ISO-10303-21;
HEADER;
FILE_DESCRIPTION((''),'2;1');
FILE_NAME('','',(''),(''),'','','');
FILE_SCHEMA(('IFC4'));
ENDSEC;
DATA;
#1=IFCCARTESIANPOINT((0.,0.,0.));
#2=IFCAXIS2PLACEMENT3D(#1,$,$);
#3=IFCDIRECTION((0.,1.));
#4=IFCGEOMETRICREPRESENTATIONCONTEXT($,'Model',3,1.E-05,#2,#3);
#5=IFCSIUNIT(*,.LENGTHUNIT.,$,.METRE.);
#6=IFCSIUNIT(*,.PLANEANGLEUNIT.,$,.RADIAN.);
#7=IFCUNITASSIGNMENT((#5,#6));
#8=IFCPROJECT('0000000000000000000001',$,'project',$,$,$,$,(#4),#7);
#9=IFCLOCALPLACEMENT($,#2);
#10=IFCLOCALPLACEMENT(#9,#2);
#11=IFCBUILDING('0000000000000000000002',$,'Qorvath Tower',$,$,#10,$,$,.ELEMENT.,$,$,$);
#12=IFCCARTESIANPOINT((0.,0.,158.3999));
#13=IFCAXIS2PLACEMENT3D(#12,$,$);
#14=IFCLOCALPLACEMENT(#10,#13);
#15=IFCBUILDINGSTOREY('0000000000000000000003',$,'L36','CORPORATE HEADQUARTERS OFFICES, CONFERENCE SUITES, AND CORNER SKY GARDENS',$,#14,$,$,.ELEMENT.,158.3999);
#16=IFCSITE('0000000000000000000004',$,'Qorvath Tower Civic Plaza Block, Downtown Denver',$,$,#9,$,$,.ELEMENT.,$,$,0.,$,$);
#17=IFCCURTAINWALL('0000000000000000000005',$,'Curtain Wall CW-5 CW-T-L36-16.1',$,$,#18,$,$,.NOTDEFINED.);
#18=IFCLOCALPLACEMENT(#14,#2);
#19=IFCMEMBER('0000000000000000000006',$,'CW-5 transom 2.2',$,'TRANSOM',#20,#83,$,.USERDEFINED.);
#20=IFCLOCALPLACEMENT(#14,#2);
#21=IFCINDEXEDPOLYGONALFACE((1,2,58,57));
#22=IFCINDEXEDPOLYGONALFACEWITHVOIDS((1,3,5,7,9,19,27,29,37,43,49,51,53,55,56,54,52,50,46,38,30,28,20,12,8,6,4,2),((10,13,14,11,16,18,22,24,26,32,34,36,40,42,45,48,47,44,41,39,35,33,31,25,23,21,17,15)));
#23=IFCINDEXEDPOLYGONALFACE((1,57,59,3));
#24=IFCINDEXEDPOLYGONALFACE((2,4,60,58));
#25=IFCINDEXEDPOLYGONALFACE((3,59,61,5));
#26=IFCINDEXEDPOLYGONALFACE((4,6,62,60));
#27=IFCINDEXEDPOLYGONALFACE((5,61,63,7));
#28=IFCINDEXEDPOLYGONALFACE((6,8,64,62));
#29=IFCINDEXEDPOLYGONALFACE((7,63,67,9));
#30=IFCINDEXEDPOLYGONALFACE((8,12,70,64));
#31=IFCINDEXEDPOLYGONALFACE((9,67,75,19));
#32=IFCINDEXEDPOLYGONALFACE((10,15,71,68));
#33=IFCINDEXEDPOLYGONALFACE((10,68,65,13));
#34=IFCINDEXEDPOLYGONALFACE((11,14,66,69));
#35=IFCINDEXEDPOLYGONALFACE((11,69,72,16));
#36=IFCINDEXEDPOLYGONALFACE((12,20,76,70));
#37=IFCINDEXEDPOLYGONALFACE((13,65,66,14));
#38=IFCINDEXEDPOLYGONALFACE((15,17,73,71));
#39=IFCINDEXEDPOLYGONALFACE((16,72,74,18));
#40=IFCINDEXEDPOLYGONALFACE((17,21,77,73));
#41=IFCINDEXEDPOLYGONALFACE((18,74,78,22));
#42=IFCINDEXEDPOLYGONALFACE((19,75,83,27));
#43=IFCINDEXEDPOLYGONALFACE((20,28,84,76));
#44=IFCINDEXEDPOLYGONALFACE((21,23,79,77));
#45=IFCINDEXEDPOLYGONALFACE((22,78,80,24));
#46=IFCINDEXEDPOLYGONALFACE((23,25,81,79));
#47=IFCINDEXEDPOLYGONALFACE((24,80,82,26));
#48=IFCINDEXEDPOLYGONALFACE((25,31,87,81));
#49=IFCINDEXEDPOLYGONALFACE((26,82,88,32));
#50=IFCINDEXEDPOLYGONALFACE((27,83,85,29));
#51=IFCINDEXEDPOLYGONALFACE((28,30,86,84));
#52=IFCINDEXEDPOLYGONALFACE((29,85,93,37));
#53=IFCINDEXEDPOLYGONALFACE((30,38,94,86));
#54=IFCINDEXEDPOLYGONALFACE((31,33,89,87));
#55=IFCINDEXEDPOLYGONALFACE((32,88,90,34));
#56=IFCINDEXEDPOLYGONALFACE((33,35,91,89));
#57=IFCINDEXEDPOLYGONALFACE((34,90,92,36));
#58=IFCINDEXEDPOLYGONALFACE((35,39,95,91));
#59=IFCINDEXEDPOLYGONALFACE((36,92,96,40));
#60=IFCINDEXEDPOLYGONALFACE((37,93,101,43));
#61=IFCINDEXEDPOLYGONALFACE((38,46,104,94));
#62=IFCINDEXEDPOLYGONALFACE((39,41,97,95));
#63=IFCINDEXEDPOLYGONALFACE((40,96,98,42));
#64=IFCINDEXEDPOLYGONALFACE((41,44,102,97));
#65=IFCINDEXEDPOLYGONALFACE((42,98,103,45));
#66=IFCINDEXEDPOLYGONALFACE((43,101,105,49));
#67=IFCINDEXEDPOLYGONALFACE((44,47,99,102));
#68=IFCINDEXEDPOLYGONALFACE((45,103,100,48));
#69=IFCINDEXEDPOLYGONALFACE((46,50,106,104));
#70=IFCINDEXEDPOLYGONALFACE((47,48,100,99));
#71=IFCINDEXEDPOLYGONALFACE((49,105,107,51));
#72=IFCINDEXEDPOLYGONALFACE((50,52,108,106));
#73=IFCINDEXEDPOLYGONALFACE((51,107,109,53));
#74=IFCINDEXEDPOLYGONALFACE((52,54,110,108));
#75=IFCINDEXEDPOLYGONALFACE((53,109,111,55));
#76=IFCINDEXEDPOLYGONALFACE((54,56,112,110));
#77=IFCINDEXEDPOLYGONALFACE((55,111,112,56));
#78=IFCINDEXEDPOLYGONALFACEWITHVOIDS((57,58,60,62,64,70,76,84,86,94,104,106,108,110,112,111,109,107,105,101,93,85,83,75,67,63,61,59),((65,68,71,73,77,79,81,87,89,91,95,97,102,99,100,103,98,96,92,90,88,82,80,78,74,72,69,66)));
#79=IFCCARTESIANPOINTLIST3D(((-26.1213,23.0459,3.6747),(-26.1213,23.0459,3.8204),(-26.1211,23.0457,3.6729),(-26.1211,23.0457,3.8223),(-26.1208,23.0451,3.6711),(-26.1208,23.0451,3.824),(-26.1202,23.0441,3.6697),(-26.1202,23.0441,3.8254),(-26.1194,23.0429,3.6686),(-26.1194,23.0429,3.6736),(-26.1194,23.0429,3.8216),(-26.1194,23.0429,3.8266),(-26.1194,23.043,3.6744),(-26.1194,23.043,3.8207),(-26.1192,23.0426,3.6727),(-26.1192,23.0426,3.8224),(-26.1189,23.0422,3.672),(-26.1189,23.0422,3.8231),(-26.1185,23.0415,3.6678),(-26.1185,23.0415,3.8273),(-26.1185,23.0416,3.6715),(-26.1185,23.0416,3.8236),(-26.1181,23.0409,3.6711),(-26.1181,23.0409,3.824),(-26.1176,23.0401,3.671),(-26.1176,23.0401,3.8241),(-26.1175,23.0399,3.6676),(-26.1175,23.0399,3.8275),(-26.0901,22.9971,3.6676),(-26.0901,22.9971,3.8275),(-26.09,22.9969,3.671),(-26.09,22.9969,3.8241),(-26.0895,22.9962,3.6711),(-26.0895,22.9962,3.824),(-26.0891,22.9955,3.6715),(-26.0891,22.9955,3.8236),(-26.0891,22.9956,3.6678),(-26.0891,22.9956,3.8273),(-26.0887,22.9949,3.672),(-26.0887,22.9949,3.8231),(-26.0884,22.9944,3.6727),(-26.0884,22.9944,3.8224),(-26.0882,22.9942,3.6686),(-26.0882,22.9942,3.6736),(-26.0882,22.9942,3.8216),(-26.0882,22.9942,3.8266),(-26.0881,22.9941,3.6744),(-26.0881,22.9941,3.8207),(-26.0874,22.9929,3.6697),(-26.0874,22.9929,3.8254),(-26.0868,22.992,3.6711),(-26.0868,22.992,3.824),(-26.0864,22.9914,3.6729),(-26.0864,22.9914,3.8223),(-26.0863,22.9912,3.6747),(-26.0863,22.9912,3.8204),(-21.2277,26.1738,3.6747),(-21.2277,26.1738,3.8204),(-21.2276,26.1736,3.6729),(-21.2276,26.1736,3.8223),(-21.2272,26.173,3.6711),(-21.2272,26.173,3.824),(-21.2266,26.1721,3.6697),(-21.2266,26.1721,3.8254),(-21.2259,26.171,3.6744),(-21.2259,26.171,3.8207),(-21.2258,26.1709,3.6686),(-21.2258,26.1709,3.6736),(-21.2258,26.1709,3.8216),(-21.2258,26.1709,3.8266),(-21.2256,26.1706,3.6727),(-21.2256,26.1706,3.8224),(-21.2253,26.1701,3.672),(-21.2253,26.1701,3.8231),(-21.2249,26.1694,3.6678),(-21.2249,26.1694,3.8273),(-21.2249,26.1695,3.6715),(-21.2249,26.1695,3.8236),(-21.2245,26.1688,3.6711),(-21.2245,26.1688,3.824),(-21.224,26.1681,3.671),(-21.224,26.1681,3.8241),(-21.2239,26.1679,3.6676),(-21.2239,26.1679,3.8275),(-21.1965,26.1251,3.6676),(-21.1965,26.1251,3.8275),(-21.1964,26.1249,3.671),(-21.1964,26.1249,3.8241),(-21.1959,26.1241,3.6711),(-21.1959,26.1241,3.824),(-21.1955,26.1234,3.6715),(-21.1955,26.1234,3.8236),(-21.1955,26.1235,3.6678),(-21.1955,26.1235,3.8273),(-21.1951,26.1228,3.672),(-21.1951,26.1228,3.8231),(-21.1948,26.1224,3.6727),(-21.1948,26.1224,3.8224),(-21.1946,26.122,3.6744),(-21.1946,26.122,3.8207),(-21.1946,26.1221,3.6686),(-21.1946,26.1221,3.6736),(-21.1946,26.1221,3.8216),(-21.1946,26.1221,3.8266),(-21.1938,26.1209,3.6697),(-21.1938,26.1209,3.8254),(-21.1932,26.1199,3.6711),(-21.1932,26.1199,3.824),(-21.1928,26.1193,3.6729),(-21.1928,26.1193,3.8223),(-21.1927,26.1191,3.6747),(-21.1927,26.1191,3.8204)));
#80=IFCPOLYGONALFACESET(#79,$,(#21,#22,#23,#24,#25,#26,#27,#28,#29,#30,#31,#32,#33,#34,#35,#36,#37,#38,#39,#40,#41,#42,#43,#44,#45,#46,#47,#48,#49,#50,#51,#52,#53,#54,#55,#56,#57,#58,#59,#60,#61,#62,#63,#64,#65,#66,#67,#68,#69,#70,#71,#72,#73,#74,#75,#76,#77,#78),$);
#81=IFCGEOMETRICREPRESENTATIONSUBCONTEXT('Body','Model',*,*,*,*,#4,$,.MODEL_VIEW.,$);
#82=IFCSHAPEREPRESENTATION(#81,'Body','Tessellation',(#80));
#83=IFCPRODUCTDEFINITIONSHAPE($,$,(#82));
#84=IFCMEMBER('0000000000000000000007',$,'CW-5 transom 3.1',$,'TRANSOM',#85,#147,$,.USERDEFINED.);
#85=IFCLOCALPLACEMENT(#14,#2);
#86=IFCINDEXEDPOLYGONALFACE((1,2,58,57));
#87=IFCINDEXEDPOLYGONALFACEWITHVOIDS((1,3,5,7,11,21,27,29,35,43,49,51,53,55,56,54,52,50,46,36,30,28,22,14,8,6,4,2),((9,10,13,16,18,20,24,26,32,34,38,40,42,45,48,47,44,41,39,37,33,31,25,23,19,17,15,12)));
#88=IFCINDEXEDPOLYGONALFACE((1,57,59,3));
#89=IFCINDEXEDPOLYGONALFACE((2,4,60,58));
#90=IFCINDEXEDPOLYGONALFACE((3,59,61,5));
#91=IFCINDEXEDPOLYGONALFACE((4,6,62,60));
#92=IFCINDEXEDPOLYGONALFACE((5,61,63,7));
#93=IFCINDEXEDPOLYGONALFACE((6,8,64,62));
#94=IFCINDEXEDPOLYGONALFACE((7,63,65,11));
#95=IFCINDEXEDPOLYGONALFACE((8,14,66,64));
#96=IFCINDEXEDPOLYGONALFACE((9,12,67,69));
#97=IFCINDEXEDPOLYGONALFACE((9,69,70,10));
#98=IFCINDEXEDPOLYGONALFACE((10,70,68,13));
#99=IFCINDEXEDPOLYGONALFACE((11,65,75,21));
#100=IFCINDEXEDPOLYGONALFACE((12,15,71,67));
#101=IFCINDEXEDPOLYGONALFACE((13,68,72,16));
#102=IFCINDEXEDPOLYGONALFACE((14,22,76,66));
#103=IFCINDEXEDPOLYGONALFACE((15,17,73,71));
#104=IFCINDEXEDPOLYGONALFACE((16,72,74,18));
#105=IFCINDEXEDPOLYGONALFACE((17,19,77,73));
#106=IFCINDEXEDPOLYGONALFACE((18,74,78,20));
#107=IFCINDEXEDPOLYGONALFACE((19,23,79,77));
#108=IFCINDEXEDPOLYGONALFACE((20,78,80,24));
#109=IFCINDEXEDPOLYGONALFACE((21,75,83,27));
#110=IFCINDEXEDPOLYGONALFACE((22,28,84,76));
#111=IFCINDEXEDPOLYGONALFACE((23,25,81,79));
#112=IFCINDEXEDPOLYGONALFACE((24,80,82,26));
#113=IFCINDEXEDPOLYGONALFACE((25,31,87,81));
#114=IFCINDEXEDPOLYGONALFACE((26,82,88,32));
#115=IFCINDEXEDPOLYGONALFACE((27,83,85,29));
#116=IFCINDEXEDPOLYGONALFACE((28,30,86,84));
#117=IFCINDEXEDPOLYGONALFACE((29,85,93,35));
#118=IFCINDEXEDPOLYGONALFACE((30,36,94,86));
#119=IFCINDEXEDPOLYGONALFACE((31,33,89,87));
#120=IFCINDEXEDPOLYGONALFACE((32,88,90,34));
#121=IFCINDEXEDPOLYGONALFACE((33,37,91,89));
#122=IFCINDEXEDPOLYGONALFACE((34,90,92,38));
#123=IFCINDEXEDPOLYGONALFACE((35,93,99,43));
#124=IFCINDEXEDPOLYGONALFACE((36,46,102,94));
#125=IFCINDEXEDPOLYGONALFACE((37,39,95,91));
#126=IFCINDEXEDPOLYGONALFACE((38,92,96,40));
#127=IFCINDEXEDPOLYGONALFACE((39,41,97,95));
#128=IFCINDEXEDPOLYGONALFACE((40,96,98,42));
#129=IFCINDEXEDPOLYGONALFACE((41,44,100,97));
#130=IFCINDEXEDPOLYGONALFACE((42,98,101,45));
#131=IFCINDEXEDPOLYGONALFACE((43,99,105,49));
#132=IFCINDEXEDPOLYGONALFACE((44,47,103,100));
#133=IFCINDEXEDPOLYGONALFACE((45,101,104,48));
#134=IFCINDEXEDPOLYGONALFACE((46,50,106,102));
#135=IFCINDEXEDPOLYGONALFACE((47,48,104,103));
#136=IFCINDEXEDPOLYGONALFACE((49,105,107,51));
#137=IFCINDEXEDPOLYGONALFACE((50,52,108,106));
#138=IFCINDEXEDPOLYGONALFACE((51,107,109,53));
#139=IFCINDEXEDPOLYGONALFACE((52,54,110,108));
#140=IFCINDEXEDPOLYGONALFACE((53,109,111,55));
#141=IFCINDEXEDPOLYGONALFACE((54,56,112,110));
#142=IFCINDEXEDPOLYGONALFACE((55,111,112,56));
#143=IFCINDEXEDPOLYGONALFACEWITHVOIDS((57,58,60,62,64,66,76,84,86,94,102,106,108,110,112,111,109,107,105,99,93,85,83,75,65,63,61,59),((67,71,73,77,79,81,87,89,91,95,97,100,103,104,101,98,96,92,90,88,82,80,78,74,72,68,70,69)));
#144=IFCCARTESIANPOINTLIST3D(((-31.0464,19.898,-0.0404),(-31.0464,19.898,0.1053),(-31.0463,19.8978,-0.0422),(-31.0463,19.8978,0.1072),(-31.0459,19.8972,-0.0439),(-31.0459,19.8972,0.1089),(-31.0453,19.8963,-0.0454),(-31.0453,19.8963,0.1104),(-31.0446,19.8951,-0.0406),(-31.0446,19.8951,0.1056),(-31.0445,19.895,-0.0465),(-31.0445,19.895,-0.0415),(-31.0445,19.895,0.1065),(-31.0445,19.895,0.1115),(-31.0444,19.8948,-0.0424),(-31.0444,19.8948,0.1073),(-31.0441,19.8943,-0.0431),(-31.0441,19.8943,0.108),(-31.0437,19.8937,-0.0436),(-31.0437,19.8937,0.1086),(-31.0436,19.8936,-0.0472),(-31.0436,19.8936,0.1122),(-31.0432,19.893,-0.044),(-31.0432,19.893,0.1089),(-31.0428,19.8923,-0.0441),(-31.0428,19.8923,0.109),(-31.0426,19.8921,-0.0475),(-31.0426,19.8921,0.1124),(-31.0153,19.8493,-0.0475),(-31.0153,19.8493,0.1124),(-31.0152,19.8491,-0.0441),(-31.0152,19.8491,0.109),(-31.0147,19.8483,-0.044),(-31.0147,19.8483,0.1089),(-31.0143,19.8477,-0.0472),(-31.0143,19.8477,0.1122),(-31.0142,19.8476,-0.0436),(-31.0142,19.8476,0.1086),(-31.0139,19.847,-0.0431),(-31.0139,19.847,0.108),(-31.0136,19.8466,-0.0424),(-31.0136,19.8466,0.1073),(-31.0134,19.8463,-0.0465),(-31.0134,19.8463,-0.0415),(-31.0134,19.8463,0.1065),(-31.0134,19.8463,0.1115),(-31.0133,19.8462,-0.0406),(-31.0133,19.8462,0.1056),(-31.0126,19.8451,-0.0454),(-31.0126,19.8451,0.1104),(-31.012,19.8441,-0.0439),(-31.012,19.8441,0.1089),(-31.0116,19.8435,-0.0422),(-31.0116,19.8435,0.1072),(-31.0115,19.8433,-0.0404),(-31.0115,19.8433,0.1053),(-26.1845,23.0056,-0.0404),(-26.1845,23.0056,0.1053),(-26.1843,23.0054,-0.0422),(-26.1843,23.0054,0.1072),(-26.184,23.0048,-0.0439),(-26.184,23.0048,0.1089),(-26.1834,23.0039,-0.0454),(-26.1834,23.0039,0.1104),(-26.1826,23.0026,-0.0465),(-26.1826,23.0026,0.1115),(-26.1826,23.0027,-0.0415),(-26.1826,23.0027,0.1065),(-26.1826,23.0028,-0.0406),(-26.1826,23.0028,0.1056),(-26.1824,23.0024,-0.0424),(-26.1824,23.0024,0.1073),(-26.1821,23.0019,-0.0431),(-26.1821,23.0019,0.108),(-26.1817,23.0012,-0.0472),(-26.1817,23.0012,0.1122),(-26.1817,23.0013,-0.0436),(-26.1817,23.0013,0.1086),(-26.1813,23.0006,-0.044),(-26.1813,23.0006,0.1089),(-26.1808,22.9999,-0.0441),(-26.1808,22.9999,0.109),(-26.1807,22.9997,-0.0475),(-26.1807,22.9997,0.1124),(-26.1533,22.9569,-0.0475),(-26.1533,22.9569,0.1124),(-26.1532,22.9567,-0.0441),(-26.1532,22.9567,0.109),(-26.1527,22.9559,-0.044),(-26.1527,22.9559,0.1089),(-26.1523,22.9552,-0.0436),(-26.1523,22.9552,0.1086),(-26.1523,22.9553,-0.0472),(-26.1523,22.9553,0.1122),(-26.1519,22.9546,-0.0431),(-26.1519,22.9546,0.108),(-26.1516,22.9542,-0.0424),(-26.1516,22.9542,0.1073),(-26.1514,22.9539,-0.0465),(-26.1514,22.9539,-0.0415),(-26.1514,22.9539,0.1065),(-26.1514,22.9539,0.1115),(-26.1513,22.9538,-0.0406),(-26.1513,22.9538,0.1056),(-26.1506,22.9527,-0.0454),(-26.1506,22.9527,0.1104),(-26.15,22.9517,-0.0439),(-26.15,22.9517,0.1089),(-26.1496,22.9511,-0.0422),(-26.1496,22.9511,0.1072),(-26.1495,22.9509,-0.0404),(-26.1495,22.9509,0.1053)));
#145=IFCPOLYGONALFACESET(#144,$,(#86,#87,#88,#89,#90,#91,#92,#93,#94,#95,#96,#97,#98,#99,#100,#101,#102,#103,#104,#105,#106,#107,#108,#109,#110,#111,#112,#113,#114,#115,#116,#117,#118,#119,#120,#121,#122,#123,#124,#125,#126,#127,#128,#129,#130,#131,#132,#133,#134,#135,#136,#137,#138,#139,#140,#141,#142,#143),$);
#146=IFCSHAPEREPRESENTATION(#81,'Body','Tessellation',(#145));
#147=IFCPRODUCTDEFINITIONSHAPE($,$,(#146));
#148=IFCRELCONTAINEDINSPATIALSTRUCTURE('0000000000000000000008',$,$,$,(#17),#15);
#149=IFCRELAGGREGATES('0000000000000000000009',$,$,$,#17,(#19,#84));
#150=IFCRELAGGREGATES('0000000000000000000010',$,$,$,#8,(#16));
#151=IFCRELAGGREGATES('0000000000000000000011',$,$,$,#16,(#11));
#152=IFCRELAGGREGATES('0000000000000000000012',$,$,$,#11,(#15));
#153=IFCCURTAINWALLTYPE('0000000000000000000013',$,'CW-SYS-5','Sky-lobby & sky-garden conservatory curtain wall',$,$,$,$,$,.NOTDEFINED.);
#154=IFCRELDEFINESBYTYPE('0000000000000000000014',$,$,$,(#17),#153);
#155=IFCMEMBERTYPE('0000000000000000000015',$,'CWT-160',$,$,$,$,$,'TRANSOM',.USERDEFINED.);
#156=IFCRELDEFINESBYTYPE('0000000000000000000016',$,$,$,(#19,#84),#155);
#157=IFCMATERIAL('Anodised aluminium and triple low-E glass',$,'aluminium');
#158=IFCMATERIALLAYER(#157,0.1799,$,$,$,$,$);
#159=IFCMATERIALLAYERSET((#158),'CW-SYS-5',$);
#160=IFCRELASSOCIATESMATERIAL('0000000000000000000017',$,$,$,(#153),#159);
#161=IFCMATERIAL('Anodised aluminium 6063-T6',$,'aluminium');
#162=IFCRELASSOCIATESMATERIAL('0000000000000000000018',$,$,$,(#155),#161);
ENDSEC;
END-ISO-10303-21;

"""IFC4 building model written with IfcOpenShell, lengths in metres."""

from ifc_helpers import new_model, si_unit, direction, frame, origin, origin_2d, place, context, subcontext, project, spatial, hollow_rectangle, extrude, material, layer, layer_set, material_profile, profile_set, type_object, element, aggregate, save


model = new_model("IFC4")

# Units and contexts
model_context = context("Model", 3, precision=1e-05, world=origin(), true_north=direction((0.0, 1.0)))
body_context = subcontext(model_context, "Body", "Model", "MODEL_VIEW")
ifc_project = project(units=[si_unit("LENGTHUNIT", "METRE"), si_unit("PLANEANGLEUNIT", "RADIAN")], contexts=[model_context])

# Site, building, storey
site_placement = place(None, origin())
site = spatial("IfcSite", under=ifc_project, at=site_placement, Name="Qorvath Tower Civic Plaza Block, Downtown Denver", CompositionType="ELEMENT", RefElevation=0.0)
building_placement = place(site_placement, origin())
building = spatial("IfcBuilding", under=site, at=building_placement, Name="Qorvath Tower", CompositionType="ELEMENT")
storey_placement = place(building_placement, frame((0.0, 0.0, 158.3999)))
storey = spatial("IfcBuildingStorey", under=building, at=storey_placement, Name="L36", Description="CORPORATE HEADQUARTERS OFFICES, CONFERENCE SUITES, AND CORNER SKY GARDENS", CompositionType="ELEMENT", Elevation=158.3999)

# Curtain wall, members
ifc_material_1 = material(Name="Anodised aluminium and triple low-E glass", Category="aluminium")
ifc_layer_1 = layer(ifc_material_1, 0.1799)
ifc_layer_set_1 = layer_set([ifc_layer_1], Name="CW-SYS-5")
curtain_wall_type = type_object("IfcCurtainWallType", Name="CW-SYS-5", Description="Sky-lobby & sky-garden conservatory curtain wall", PredefinedType="NOTDEFINED", material=ifc_layer_set_1)
curtain_wall_placement = place(storey_placement, origin())
curtain_wall = element("IfcCurtainWall", 1, at=curtain_wall_placement, inside=storey, type_object=curtain_wall_type, Name="Curtain Wall CW-5 CW-T-L36-16.1", PredefinedType="NOTDEFINED")
ifc_material_2 = material(Name="Anodised aluminium 6063-T6", Category="aluminium")
ifc_material_profile_1 = material_profile(ifc_material_2, hollow_rectangle(XDim=0.0649, YDim=0.1599, WallThickness=0.0034, InnerFilletRadius=0.0034, OuterFilletRadius=0.0071, at=origin_2d()), Name="CWT 160x65")
ifc_profile_set_1 = profile_set([ifc_material_profile_1], Name="Anodised aluminium 6063-T6")
member_type_1 = type_object("IfcMemberType", Name="CWT-160", ElementType="TRANSOM", PredefinedType="USERDEFINED", material=ifc_profile_set_1)
member_1_placement = place(storey_placement, frame((-21.2102, 26.1465, 3.7476), z_axis=(-0.84258, -0.538572, 0.0), x_axis=(0.538572, -0.84258, 0.0)))
member_1 = element("IfcMember", 2, at=member_1_placement, type_object=member_type_1, Name="CW-5 transom 2.2", ObjectType="TRANSOM", PredefinedType="USERDEFINED", context=body_context, shape_type="SweptSolid", body=[
    extrude(hollow_rectangle(XDim=0.0649, YDim=0.1599, WallThickness=0.0034, InnerFilletRadius=0.0034, OuterFilletRadius=0.0071, at=origin_2d()), origin(), (0.0, 0.0, 1.0), 5.8079),
])
member_2_placement = place(storey_placement, frame((-26.167, 22.9783, 0.0325), z_axis=(-0.84259, -0.538555, 0.0), x_axis=(0.538555, -0.84259, 0.0)))
member_2 = element("IfcMember", 3, at=member_2_placement, type_object=member_type_1, Name="CW-5 transom 3.1", ObjectType="TRANSOM", PredefinedType="USERDEFINED", context=body_context, shape_type="SweptSolid", body=[
    extrude(hollow_rectangle(XDim=0.0649, YDim=0.1599, WallThickness=0.0034, InnerFilletRadius=0.0034, OuterFilletRadius=0.0071, at=origin_2d()), origin(), (0.0, 0.0, 1.0), 5.7703),
])
aggregate(curtain_wall, [member_1, member_2])

save(model, "model.ifc")
